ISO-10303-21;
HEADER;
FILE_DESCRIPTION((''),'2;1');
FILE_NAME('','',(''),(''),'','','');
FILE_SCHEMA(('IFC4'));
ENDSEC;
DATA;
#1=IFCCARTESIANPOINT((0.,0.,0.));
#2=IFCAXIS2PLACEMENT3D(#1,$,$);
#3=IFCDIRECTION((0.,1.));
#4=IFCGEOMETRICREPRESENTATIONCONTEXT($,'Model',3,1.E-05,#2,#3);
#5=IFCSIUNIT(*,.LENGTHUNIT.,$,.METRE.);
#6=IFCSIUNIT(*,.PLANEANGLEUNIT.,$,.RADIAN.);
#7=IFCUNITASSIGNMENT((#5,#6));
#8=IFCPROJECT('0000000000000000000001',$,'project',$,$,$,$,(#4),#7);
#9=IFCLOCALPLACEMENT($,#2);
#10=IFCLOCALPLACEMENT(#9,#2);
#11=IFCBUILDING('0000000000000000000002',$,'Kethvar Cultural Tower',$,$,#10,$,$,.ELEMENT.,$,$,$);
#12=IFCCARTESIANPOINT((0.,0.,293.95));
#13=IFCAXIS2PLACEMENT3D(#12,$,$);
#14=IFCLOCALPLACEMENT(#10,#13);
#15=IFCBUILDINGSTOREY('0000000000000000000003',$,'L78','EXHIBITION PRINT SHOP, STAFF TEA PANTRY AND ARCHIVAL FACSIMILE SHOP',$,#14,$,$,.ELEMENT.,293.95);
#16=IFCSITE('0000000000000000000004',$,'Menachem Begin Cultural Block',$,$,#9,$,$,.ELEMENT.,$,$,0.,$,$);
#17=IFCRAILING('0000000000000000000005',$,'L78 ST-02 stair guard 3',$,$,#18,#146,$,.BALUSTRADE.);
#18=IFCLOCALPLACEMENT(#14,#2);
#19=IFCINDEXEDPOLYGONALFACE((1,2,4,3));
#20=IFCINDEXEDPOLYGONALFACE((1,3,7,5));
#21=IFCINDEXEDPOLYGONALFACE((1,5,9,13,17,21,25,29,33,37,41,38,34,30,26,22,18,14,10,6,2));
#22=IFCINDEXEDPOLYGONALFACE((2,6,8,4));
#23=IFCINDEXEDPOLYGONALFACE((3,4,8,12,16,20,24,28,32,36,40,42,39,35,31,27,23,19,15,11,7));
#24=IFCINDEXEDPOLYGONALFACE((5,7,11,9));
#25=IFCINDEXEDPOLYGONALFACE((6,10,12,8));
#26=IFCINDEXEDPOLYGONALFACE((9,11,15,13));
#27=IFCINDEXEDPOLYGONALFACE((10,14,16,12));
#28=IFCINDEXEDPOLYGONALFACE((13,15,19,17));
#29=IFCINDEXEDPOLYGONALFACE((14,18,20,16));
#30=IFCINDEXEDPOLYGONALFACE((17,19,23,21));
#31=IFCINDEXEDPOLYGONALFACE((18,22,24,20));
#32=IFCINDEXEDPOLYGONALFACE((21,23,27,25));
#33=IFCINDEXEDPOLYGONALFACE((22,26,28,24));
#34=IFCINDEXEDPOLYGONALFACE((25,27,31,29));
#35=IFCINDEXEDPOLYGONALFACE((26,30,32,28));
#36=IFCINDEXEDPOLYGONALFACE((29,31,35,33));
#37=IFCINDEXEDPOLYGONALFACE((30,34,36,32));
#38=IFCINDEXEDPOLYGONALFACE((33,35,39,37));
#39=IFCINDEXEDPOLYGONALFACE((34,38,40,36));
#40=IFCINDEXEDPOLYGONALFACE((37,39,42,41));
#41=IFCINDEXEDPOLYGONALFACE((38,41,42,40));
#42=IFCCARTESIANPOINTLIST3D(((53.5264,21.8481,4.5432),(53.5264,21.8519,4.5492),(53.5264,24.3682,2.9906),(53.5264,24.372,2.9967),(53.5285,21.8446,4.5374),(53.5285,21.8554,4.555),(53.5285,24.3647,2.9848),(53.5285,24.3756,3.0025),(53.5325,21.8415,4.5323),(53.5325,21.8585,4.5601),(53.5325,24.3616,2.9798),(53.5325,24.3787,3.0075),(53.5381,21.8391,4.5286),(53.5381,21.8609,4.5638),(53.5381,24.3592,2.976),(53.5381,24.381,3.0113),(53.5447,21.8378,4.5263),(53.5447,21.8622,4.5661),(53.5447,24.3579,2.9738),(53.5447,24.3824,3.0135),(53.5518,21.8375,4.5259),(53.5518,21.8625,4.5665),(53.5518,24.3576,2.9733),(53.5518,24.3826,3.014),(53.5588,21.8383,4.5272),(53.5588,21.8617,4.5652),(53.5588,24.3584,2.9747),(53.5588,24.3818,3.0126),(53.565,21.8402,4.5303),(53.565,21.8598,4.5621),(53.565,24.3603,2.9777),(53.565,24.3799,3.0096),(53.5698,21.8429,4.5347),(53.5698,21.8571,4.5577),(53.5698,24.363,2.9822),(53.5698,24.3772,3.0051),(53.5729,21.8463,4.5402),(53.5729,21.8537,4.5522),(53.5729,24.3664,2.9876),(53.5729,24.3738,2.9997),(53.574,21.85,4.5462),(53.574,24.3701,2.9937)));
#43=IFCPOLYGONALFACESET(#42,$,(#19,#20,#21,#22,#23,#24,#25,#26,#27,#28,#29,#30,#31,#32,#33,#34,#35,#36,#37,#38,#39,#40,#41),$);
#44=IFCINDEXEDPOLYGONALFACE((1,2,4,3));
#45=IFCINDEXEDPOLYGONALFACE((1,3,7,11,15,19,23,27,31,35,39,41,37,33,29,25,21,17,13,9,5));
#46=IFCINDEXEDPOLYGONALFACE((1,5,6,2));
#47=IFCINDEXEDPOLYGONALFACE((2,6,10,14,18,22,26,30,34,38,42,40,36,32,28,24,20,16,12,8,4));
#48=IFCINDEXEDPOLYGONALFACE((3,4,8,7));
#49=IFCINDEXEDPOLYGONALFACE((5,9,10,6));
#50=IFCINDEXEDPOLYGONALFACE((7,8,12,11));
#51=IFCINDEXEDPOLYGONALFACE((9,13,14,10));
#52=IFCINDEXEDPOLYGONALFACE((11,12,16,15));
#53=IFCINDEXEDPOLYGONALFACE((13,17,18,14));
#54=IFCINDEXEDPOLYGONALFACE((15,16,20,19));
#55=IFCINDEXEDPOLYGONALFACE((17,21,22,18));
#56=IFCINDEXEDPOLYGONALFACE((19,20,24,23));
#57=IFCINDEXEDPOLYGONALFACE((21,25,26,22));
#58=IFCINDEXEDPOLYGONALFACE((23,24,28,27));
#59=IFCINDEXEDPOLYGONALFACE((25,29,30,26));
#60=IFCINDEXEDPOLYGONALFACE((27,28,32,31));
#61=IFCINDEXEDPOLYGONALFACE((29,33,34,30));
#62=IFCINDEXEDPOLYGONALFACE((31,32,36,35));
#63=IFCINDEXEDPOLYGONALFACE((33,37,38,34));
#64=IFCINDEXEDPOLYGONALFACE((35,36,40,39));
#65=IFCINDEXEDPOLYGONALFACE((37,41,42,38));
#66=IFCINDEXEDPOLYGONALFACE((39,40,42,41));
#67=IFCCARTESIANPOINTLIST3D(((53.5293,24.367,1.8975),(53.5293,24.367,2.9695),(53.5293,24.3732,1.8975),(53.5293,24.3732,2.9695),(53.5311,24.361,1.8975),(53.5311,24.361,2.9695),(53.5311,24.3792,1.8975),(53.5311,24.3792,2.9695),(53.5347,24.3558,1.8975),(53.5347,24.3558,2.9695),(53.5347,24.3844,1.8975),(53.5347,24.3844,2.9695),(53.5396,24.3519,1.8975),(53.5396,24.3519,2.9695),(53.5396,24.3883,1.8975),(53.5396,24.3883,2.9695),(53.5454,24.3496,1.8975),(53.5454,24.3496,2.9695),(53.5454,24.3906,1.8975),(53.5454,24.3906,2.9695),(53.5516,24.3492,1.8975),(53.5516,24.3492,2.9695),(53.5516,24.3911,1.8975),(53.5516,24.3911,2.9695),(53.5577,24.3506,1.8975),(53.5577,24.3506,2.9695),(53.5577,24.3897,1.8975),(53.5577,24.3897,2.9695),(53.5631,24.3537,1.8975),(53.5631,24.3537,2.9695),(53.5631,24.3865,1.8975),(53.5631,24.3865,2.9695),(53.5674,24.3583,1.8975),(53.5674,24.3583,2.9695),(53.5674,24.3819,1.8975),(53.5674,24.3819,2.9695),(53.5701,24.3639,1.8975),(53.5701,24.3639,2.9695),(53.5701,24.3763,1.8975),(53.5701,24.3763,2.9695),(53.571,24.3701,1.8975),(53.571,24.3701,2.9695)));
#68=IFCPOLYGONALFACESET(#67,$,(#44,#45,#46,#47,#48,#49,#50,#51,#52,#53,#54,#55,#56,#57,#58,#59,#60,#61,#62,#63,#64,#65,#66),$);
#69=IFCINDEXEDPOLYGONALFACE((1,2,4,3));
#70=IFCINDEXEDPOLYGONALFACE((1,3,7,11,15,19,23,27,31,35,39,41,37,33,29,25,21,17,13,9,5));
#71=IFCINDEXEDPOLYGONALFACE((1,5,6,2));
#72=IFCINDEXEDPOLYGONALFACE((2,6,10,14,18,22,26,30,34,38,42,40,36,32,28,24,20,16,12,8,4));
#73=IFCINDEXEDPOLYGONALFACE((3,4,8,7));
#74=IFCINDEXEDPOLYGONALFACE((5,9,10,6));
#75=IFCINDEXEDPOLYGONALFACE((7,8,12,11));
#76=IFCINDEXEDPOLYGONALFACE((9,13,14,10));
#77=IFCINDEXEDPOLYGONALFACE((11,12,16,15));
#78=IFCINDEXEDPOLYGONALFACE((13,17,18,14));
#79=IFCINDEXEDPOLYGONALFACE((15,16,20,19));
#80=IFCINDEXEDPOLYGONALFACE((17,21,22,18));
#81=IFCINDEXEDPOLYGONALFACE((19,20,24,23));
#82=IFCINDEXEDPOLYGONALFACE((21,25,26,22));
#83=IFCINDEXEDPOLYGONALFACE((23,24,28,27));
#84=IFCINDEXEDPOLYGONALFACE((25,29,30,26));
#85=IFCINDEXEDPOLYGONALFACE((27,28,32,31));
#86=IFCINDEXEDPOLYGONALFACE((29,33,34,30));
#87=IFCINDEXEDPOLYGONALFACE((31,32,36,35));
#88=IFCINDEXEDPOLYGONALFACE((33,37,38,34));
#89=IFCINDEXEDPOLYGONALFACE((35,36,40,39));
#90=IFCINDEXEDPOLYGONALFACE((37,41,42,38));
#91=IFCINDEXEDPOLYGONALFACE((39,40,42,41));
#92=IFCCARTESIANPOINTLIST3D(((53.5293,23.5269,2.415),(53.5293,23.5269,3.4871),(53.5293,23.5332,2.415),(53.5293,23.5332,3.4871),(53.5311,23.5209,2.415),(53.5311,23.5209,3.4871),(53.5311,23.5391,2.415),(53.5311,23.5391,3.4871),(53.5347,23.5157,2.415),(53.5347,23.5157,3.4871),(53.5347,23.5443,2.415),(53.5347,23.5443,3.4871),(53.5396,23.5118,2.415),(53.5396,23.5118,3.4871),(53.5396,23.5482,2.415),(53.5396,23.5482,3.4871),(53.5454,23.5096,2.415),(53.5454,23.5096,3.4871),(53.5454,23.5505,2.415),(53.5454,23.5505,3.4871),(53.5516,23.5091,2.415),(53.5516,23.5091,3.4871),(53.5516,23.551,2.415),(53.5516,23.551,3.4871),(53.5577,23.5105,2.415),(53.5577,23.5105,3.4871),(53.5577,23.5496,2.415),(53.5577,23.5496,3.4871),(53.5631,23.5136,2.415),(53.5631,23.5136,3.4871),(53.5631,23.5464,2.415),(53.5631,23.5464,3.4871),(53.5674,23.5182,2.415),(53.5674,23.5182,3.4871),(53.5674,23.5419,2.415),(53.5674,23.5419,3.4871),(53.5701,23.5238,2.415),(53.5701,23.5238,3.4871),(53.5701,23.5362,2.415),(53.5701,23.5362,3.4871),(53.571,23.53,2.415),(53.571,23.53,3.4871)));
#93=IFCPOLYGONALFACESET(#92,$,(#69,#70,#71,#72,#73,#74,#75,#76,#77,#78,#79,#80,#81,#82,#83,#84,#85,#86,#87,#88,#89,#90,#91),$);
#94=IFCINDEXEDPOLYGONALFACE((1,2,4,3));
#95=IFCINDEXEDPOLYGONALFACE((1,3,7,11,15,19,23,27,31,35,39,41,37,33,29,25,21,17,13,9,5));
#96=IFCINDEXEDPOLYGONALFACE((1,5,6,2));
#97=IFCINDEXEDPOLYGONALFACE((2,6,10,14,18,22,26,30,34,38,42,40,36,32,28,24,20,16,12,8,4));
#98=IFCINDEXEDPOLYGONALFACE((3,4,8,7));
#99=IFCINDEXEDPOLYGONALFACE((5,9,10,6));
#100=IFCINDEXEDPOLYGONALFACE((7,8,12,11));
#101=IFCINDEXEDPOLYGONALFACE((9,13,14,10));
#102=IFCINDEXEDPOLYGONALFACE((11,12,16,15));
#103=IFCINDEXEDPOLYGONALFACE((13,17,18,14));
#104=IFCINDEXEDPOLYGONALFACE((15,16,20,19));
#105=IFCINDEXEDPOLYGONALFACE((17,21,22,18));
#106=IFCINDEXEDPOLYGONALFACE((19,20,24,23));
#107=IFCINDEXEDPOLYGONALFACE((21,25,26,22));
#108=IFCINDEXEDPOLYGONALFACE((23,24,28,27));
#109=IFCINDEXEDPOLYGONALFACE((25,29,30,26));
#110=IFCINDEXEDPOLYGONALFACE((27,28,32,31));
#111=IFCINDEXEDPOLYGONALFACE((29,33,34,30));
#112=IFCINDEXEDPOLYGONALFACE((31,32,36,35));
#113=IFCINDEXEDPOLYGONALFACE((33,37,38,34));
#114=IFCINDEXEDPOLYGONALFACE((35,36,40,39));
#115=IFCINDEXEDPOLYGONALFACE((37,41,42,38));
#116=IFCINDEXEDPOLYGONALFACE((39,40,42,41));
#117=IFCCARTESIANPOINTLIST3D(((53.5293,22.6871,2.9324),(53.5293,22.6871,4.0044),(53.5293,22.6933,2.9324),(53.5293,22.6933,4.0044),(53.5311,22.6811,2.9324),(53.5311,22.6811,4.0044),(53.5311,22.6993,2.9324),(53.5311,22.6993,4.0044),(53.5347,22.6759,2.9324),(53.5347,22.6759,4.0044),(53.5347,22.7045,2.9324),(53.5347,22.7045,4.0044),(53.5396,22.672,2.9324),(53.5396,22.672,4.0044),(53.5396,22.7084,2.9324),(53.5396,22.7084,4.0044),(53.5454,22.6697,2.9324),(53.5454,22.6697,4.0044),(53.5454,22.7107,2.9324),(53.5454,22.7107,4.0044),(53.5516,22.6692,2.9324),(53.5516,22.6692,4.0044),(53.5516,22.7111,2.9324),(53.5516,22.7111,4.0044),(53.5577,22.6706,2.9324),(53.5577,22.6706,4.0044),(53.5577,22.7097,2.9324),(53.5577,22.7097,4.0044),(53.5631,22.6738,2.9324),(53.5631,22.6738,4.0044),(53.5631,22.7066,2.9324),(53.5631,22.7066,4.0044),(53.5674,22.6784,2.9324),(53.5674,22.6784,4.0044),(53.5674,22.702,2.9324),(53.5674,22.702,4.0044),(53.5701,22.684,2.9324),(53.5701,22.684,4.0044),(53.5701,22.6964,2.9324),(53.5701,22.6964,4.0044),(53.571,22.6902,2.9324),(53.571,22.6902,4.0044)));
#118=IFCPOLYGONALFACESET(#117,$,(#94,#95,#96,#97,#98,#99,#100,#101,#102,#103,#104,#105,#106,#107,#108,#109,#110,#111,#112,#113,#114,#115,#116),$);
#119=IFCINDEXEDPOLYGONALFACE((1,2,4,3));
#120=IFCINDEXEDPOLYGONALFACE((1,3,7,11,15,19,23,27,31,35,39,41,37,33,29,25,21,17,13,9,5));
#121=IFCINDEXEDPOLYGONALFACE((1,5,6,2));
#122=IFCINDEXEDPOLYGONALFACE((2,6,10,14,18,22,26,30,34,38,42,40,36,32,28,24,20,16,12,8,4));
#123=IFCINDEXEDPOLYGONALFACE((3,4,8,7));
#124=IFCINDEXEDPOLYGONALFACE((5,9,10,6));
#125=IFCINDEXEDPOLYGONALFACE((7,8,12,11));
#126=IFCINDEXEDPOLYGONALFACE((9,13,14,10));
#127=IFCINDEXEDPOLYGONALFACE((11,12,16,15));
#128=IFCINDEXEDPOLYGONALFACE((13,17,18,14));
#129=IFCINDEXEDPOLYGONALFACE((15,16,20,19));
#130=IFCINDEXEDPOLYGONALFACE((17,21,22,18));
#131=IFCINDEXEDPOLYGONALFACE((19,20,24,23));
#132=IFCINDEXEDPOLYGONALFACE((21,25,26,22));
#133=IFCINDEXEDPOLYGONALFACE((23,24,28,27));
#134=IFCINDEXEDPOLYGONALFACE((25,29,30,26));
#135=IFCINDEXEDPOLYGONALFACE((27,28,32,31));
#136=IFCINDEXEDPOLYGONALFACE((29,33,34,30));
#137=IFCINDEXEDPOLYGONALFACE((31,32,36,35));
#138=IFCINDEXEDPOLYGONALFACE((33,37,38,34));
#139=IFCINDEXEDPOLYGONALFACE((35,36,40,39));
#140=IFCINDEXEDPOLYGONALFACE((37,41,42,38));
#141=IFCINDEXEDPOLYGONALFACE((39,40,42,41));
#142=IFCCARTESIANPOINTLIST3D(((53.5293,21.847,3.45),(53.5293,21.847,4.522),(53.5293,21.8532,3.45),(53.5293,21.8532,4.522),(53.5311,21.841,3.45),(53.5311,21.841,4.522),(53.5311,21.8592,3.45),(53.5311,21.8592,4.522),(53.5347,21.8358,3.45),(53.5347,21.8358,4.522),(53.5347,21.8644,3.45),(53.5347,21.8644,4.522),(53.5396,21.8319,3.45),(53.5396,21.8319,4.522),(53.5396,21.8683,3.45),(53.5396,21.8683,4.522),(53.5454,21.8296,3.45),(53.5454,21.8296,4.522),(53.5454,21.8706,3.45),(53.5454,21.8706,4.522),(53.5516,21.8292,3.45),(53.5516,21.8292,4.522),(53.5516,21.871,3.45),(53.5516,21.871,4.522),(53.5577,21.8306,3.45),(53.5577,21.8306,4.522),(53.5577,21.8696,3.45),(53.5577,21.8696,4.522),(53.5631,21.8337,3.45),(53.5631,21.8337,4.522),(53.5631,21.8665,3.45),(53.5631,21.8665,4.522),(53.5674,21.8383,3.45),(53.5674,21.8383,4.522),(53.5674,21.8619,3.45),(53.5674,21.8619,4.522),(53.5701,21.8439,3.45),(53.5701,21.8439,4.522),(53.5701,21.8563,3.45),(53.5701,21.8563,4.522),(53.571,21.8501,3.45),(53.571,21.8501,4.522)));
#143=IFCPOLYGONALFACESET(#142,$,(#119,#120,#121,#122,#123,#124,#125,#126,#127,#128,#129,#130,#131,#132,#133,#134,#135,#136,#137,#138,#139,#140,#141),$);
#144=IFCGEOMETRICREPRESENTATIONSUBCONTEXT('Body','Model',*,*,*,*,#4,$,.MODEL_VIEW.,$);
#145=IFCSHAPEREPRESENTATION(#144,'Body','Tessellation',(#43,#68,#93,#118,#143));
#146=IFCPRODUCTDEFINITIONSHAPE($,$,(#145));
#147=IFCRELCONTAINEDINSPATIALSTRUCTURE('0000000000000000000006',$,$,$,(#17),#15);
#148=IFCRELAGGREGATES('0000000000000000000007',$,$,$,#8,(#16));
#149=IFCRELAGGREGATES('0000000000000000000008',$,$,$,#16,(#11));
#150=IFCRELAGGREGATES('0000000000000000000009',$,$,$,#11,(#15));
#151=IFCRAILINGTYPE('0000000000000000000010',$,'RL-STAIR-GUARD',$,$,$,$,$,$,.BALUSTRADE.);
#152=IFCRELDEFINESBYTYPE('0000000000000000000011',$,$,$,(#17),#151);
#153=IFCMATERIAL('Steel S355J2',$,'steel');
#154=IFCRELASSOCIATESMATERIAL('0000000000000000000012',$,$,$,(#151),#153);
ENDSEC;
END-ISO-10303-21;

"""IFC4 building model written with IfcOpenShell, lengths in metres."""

from ifc_helpers import new_model, si_unit, direction, frame, origin, origin_2d, place, context, subcontext, project, spatial, circle, extrude, material, type_object, element, save


model = new_model("IFC4")

# Units and contexts
model_context = context("Model", 3, precision=1e-05, world=origin(), true_north=direction((0.0, 1.0)))
body_context = subcontext(model_context, "Body", "Model", "MODEL_VIEW")
ifc_project = project(units=[si_unit("LENGTHUNIT", "METRE"), si_unit("PLANEANGLEUNIT", "RADIAN")], contexts=[model_context])

# Site, building, storey
site_placement = place(None, origin())
site = spatial("IfcSite", under=ifc_project, at=site_placement, Name="Menachem Begin Cultural Block", CompositionType="ELEMENT", RefElevation=0.0)
building_placement = place(site_placement, origin())
building = spatial("IfcBuilding", under=site, at=building_placement, Name="Kethvar Cultural Tower", CompositionType="ELEMENT")
storey_placement = place(building_placement, frame((0.0, 0.0, 293.95)))
storey = spatial("IfcBuildingStorey", under=building, at=storey_placement, Name="L78", Description="EXHIBITION PRINT SHOP, STAFF TEA PANTRY AND ARCHIVAL FACSIMILE SHOP", CompositionType="ELEMENT", Elevation=293.95)

# Shared definitions
ifc_material_1 = material(Name="Steel S355J2", Category="steel")

# Railing
railing_type_1 = type_object("IfcRailingType", Name="RL-STAIR-GUARD", PredefinedType="BALUSTRADE", material=ifc_material_1)
railing_1_placement = place(storey_placement, frame((53.55, 24.3701, 1.8975)))
element("IfcRailing", 1, at=railing_1_placement, inside=storey, type_object=railing_type_1, Name="L78 ST-02 stair guard 3", PredefinedType="BALUSTRADE", context=body_context, shape_type="SweptSolid", body=[
    extrude(circle(Radius=0.0239, at=origin_2d()), frame((0.0, 0.0, 1.0962), z_axis=(0.0, -0.8514, 0.524516), x_axis=(1.0, 0.0, 0.0)), (0.0, 0.0, 1.0), 2.96),
    extrude(circle(Radius=0.021, at=origin_2d()), origin(), (0.0, 0.0, 1.0), 1.072),
    extrude(circle(Radius=0.021, at=origin_2d()), frame((0.0, -0.8401, 0.5176)), (0.0, 0.0, 1.0), 1.072),
    extrude(circle(Radius=0.021, at=origin_2d()), frame((0.0, -1.6799, 1.0349)), (0.0, 0.0, 1.0), 1.072),
    extrude(circle(Radius=0.021, at=origin_2d()), frame((0.0, -2.52, 1.5525)), (0.0, 0.0, 1.0), 1.072),
])

save(model, "model.ifc")
